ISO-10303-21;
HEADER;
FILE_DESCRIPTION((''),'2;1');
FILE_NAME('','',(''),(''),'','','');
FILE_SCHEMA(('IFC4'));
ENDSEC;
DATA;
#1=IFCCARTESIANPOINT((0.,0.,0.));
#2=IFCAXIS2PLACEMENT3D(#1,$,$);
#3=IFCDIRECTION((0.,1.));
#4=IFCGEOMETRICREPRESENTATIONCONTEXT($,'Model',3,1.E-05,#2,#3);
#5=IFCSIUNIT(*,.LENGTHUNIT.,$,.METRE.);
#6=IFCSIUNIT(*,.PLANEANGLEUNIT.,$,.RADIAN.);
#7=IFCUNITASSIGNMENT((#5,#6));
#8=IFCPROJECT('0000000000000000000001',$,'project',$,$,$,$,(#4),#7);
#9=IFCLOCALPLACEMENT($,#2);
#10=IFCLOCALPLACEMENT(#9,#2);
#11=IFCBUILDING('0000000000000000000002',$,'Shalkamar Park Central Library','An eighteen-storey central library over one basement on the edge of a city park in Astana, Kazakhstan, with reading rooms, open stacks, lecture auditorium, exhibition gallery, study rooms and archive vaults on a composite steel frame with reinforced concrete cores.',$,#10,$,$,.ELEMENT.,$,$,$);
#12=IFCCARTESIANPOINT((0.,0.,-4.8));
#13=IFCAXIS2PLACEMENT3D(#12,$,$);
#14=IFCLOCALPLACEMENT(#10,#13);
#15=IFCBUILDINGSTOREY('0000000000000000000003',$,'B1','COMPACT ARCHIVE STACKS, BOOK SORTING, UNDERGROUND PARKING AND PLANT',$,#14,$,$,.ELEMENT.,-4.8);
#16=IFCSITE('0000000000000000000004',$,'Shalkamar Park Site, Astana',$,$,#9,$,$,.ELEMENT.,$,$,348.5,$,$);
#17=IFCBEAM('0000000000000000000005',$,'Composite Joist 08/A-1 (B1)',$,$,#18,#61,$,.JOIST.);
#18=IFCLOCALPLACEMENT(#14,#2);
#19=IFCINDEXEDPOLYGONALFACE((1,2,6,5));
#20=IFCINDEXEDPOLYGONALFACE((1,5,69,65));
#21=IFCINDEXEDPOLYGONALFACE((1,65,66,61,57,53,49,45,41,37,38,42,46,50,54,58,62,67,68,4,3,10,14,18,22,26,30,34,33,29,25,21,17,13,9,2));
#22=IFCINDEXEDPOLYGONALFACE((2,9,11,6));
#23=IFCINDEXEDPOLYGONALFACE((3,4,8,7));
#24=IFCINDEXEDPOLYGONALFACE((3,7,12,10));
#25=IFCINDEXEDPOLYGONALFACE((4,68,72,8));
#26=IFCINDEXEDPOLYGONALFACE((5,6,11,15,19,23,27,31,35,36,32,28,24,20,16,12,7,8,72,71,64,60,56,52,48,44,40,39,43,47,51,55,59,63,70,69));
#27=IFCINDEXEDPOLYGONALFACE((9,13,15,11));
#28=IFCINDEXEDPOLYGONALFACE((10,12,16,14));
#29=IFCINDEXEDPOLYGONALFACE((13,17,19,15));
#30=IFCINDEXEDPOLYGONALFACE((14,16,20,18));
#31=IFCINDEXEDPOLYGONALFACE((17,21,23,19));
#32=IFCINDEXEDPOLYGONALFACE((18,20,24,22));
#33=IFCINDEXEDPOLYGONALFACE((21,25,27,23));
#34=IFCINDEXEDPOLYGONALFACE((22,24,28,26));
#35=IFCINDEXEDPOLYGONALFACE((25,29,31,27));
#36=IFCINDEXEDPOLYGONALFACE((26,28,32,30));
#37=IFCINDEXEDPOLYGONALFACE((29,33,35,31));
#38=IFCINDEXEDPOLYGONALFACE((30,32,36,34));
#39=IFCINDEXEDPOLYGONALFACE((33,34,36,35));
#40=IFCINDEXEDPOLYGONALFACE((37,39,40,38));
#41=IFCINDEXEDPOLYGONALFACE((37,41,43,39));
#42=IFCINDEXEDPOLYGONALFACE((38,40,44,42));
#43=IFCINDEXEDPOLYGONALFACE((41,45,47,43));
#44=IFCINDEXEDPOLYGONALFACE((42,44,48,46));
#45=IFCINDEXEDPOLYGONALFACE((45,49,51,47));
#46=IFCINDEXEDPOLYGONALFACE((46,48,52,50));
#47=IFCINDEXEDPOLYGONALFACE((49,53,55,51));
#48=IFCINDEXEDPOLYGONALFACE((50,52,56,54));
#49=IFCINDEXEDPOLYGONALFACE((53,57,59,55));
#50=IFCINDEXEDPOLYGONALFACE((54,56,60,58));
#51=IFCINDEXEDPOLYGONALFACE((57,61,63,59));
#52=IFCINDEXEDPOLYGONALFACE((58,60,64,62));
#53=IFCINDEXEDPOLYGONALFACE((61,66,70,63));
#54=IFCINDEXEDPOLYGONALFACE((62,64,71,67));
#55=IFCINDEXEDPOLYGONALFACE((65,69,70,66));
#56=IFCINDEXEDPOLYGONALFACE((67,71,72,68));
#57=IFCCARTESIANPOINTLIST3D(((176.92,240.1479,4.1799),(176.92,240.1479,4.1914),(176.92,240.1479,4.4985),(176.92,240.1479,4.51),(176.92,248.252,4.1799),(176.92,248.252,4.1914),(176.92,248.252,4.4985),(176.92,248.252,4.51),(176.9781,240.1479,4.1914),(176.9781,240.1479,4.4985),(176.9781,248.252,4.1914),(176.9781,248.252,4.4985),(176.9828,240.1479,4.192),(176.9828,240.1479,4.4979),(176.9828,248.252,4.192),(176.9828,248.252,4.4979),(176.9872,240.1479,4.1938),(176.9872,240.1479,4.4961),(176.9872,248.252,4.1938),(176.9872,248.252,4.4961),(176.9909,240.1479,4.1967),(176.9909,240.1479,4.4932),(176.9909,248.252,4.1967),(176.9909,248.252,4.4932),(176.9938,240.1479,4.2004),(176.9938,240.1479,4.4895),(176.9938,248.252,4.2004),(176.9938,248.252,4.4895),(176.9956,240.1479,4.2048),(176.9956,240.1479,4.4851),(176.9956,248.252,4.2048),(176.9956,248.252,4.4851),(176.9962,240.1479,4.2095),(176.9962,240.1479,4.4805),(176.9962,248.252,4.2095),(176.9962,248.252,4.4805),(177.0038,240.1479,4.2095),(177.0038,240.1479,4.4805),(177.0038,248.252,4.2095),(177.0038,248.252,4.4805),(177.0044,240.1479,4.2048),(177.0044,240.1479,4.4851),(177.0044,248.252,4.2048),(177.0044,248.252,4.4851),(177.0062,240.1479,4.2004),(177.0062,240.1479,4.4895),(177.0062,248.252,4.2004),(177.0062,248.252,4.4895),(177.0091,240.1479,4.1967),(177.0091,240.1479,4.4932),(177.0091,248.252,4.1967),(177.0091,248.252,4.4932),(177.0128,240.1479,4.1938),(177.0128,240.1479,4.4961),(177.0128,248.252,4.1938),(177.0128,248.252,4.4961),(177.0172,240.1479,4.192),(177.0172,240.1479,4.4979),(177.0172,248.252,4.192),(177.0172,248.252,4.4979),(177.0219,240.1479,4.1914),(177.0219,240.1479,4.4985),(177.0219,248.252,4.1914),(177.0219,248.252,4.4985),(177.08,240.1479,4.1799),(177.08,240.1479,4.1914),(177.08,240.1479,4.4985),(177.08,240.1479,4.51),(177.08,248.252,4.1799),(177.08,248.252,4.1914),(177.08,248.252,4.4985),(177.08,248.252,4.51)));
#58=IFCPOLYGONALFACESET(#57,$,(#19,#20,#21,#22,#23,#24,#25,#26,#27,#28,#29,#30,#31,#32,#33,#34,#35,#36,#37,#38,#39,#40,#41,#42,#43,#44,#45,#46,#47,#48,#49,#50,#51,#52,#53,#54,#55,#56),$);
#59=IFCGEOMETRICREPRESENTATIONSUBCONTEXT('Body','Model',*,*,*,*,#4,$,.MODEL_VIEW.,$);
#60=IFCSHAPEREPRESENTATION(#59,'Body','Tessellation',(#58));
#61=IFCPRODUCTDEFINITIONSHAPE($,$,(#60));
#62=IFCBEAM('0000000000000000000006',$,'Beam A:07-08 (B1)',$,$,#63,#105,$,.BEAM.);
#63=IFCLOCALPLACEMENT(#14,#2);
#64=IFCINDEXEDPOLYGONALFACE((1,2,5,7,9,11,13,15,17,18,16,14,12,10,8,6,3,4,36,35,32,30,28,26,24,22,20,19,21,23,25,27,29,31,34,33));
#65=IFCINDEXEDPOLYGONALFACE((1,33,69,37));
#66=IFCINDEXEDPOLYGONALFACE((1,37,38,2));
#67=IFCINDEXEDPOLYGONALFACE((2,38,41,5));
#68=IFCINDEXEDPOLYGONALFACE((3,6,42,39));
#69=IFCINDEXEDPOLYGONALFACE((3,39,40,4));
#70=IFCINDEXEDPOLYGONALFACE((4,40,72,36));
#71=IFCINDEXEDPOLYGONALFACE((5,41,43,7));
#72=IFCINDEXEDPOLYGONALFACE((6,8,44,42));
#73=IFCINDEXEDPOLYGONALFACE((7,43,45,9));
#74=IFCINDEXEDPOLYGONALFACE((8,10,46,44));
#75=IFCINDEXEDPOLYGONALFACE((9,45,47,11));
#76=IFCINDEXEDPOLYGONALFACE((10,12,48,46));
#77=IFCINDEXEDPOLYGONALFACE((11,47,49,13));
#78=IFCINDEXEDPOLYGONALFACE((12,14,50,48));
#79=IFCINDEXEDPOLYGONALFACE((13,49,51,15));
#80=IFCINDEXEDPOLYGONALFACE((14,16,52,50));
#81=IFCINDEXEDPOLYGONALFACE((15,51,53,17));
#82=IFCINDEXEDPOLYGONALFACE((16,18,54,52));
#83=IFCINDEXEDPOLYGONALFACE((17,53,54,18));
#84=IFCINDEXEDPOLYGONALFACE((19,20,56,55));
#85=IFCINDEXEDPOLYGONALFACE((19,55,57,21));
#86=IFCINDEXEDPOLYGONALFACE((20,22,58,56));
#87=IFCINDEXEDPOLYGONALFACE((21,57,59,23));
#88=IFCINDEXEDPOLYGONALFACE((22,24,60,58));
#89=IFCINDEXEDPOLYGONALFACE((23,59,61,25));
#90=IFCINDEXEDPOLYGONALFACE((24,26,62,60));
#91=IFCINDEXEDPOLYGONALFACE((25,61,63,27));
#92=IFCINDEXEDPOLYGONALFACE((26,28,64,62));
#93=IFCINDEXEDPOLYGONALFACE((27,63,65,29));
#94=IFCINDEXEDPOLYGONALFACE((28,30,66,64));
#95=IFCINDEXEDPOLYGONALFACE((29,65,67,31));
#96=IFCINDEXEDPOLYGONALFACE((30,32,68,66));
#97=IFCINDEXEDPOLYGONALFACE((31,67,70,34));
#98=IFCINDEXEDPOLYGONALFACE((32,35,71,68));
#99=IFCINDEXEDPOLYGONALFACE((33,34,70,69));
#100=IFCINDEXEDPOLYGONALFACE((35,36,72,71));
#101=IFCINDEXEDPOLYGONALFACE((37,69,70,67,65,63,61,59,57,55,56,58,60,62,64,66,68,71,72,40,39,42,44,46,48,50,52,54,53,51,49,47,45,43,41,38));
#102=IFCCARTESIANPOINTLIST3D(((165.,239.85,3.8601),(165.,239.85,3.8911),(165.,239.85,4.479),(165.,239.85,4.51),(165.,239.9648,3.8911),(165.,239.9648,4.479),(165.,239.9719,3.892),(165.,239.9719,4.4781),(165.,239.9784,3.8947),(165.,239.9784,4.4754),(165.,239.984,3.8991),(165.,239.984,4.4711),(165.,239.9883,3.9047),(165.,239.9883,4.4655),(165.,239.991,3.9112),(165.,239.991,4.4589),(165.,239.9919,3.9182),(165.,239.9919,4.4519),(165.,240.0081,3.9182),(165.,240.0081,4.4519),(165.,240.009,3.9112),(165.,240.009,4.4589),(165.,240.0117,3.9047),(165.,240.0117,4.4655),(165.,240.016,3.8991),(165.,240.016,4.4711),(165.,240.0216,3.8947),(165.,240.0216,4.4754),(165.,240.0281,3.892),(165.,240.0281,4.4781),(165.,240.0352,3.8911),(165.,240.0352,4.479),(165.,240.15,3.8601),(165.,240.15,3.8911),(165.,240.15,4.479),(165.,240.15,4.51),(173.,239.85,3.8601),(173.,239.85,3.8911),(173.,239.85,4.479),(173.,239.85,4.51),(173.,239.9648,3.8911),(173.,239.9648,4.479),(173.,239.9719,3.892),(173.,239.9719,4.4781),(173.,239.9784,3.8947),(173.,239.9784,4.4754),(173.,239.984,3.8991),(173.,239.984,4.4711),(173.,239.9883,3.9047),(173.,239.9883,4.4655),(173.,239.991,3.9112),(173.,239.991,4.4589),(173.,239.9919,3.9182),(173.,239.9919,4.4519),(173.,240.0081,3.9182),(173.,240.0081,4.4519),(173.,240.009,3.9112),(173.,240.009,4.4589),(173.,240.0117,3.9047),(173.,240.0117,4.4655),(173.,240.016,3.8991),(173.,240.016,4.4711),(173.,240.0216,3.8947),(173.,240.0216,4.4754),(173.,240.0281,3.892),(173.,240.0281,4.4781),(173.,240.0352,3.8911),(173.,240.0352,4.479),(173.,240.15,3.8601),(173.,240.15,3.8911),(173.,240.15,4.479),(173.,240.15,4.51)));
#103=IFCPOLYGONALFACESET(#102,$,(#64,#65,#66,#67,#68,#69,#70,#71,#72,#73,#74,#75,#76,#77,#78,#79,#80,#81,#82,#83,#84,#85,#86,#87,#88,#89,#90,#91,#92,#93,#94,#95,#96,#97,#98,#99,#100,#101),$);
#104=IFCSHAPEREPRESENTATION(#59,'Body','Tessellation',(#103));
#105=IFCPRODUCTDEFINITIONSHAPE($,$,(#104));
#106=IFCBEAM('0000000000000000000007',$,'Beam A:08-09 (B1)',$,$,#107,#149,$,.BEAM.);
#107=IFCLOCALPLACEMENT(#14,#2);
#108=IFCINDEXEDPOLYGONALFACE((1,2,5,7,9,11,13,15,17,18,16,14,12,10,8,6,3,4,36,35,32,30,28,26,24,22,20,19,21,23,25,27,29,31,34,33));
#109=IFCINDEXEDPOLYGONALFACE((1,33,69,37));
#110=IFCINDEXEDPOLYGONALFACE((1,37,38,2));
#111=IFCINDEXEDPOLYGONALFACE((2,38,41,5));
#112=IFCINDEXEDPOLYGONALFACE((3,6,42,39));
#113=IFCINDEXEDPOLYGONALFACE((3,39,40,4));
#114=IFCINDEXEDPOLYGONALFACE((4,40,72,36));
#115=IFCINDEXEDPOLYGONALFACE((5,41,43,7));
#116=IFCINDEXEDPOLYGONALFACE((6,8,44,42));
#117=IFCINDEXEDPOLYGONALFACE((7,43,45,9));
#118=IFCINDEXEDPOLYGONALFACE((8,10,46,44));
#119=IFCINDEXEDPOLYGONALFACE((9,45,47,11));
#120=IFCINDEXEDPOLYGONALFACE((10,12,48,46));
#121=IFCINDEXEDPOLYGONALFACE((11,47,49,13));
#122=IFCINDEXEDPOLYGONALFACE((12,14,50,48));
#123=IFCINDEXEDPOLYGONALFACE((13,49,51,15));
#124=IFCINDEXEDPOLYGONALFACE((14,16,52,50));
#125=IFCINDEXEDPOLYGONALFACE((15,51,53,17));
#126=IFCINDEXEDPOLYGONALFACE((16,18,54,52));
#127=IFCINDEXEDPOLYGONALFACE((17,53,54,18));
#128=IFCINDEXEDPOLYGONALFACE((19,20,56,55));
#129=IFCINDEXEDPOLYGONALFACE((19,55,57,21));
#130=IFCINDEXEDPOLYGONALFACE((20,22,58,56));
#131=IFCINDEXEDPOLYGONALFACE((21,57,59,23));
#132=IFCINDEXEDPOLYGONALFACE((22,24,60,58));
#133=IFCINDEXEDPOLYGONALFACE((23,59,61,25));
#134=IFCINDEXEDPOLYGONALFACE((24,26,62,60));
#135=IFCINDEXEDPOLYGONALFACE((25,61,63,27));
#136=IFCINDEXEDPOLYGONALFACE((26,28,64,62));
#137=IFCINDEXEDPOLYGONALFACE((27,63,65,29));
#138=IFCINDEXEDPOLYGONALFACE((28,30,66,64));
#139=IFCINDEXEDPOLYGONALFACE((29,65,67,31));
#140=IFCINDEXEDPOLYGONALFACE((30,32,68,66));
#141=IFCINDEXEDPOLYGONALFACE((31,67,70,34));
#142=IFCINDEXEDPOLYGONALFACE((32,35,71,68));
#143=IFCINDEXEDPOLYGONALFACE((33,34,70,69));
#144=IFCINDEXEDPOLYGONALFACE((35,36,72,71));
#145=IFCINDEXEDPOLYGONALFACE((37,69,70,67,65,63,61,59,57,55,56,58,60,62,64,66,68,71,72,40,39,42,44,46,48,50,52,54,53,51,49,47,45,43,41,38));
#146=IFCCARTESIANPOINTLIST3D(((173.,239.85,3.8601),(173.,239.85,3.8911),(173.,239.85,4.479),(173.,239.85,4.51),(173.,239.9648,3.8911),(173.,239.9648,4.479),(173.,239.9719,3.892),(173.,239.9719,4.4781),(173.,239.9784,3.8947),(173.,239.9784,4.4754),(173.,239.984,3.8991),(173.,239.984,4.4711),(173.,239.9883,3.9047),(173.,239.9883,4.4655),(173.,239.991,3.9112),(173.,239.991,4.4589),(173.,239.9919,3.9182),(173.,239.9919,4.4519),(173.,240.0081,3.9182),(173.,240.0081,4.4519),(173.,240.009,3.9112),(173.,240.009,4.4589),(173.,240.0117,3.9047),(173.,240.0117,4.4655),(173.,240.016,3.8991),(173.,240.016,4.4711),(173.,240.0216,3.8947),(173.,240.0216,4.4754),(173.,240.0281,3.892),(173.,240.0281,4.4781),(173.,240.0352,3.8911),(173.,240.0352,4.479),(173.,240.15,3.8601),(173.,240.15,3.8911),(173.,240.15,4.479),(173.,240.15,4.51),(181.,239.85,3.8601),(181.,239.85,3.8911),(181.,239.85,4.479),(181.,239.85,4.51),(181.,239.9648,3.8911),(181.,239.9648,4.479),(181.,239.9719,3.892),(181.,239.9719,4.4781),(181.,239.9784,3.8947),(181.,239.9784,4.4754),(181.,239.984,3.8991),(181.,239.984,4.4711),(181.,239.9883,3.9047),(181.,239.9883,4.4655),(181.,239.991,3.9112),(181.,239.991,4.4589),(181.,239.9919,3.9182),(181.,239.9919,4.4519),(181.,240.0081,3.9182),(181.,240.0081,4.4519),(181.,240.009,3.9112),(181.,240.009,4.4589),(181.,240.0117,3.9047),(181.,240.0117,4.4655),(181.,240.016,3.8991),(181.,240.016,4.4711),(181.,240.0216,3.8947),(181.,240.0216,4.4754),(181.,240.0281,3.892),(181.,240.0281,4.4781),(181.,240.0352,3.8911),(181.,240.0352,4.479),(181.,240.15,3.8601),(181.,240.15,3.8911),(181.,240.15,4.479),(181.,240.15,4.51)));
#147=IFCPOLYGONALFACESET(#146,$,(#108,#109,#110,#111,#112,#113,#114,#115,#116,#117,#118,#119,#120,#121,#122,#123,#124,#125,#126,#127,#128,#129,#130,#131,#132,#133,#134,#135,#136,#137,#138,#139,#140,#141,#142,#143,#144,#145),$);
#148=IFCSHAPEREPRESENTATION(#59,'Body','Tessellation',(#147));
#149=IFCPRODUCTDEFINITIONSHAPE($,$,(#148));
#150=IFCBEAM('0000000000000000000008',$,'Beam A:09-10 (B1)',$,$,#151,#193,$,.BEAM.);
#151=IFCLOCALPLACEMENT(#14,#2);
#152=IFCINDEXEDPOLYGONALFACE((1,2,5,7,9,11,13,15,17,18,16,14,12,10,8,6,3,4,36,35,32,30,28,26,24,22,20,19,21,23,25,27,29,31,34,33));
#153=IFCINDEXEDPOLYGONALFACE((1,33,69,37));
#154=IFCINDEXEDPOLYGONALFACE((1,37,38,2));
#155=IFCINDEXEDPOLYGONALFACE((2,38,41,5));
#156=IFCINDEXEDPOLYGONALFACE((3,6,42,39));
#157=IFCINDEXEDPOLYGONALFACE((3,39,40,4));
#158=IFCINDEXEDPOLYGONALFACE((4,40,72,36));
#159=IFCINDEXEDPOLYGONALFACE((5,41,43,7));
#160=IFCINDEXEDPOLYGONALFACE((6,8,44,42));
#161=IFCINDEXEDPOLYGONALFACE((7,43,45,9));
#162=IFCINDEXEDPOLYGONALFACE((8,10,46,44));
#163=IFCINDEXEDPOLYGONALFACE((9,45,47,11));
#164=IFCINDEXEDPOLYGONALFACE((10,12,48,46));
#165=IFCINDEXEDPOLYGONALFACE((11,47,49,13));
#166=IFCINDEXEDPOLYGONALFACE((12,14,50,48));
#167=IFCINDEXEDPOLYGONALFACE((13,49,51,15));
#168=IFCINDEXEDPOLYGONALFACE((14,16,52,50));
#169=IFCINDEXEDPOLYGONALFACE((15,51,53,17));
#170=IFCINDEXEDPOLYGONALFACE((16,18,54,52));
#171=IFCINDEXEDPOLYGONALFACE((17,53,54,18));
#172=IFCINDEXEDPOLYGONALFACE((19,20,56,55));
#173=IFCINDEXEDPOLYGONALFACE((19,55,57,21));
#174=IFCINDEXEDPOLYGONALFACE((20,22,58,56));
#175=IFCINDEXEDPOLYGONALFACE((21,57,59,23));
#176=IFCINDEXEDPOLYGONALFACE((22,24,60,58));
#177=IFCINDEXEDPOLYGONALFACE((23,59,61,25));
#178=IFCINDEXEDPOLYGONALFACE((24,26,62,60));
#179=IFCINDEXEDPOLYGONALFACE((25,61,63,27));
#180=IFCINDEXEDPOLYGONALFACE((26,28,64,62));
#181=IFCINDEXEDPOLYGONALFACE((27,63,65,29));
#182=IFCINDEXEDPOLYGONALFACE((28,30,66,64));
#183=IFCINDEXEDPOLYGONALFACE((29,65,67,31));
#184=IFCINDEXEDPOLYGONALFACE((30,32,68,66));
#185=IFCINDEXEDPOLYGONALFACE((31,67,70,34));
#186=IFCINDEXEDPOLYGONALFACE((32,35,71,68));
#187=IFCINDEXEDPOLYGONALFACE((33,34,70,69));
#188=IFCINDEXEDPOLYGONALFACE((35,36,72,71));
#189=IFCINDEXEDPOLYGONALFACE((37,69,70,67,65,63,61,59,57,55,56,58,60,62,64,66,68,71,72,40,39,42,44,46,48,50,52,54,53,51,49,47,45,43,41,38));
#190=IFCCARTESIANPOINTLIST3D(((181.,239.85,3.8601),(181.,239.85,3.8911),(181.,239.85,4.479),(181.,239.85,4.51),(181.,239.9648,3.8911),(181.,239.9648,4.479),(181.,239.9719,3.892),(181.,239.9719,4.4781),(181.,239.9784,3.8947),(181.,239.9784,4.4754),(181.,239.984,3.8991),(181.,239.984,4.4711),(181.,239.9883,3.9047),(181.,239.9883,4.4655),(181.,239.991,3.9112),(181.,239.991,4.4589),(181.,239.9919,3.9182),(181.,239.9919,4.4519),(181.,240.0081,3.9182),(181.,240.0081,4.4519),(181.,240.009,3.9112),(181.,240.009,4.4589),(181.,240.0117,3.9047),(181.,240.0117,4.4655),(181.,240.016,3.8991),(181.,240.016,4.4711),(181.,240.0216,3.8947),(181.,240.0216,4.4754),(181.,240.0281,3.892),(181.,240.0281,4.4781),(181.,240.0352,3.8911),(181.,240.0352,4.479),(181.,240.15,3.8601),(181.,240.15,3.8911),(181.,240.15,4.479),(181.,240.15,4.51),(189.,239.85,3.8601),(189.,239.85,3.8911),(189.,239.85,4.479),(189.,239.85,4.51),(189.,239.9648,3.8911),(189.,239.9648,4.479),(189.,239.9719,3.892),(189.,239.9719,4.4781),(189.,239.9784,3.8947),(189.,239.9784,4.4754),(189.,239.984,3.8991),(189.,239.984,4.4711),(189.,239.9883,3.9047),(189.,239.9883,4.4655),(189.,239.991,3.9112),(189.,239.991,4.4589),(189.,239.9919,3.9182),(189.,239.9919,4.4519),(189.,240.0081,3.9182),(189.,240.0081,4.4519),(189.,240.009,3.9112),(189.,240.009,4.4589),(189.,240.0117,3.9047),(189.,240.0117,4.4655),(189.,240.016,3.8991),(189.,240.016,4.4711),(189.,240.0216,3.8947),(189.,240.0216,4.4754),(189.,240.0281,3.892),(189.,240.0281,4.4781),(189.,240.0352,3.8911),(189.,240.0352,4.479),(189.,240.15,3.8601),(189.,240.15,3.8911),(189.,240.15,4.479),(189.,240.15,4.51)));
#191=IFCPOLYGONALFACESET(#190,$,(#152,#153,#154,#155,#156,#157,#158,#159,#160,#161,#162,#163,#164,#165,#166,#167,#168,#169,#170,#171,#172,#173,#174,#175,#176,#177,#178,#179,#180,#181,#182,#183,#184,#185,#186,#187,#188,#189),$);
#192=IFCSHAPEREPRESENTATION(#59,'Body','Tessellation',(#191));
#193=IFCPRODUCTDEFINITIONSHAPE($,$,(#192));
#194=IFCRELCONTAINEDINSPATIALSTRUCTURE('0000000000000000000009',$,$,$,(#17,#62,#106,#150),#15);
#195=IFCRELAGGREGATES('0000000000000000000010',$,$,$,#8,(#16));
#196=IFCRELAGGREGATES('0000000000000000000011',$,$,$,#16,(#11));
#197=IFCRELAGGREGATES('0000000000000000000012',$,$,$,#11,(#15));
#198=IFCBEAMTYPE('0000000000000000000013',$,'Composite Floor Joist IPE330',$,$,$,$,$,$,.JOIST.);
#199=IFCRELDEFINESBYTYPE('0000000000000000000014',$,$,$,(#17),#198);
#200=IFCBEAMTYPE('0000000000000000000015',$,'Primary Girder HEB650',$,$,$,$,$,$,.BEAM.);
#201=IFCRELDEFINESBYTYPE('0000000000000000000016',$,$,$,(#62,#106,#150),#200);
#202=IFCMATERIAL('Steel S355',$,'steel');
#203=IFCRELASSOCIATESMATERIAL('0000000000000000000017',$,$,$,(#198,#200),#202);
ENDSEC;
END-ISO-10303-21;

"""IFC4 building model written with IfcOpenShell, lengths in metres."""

from ifc_helpers import new_model, si_unit, direction, frame, origin, origin_2d, place, context, subcontext, project, spatial, i_section, extrude, material, material_profile, profile_set, type_object, element, save


model = new_model("IFC4")

# Units and contexts
model_context = context("Model", 3, precision=1e-05, world=origin(), true_north=direction((0.0, 1.0)))
body_context = subcontext(model_context, "Body", "Model", "MODEL_VIEW")
ifc_project = project(units=[si_unit("LENGTHUNIT", "METRE"), si_unit("PLANEANGLEUNIT", "RADIAN")], contexts=[model_context])

# Site, building, storey
site_placement = place(None, origin())
site = spatial("IfcSite", under=ifc_project, at=site_placement, Name="Shalkamar Park Site, Astana", CompositionType="ELEMENT", RefElevation=348.5)
building_placement = place(site_placement, origin())
building = spatial("IfcBuilding", under=site, at=building_placement, Name="Shalkamar Park Central Library", Description="An eighteen-storey central library over one basement on the edge of a city park in Astana, Kazakhstan, with reading rooms, open stacks, lecture auditorium, exhibition gallery, study rooms and archive vaults on a composite steel frame with reinforced concrete cores.", CompositionType="ELEMENT")
storey_placement = place(building_placement, frame((0.0, 0.0, -4.8)))
storey = spatial("IfcBuildingStorey", under=building, at=storey_placement, Name="B1", Description="COMPACT ARCHIVE STACKS, BOOK SORTING, UNDERGROUND PARKING AND PLANT", CompositionType="ELEMENT", Elevation=-4.8)

# Beams
ifc_material_1 = material(Name="Steel S355", Category="steel")
ifc_material_profile_1 = material_profile(ifc_material_1, i_section(OverallWidth=0.1599, OverallDepth=0.3301, WebThickness=0.0076, FlangeThickness=0.0115, FilletRadius=0.0181, at=origin_2d()), Name="IPE 330")
ifc_profile_set_1 = profile_set([ifc_material_profile_1], Name="Steel S355")
beam_type_1 = type_object("IfcBeamType", Name="Composite Floor Joist IPE330", PredefinedType="JOIST", material=ifc_profile_set_1)
for number, where, z_axis, x_axis, name in (
    (1, (177.0, 240.1479, 4.345), (0.0, 1.0, 0.0), (-1.0, 0.0, 0.0), "Composite Joist 08/A-1 (B1)"),
):
    element("IfcBeam", number, at=place(storey_placement, frame(where, z_axis=z_axis, x_axis=x_axis)), inside=storey, type_object=beam_type_1, Name=name, PredefinedType="JOIST", context=body_context, shape_type="SweptSolid", body=[
        extrude(i_section(OverallWidth=0.1599, OverallDepth=0.3301, WebThickness=0.0076, FlangeThickness=0.0115, FilletRadius=0.0181, at=origin_2d()), origin(), (0.0, 0.0, 1.0), 8.104),
    ])
ifc_material_profile_2 = material_profile(ifc_material_1, i_section(OverallWidth=0.3, OverallDepth=0.6499, WebThickness=0.0161, FlangeThickness=0.031, FilletRadius=0.0271, at=origin_2d()), Name="HEB 650")
ifc_profile_set_2 = profile_set([ifc_material_profile_2], Name="Steel S355")
beam_type_2 = type_object("IfcBeamType", Name="Primary Girder HEB650", PredefinedType="BEAM", material=ifc_profile_set_2)
for number, where, z_axis, x_axis, name in (
    (2, (165.0, 240.0, 4.1851), (1.0, 0.0, 0.0), (0.0, 1.0, 0.0), "Beam A:07-08 (B1)"),
    (3, (173.0, 240.0, 4.1851), (1.0, 0.0, 0.0), (0.0, 1.0, 0.0), "Beam A:08-09 (B1)"),
    (4, (181.0, 240.0, 4.1851), (1.0, 0.0, 0.0), (0.0, 1.0, 0.0), "Beam A:09-10 (B1)"),
):
    element("IfcBeam", number, at=place(storey_placement, frame(where, z_axis=z_axis, x_axis=x_axis)), inside=storey, type_object=beam_type_2, Name=name, PredefinedType="BEAM", context=body_context, shape_type="SweptSolid", body=[
        extrude(i_section(OverallWidth=0.3, OverallDepth=0.6499, WebThickness=0.0161, FlangeThickness=0.031, FilletRadius=0.0271, at=origin_2d()), origin(), (0.0, 0.0, 1.0), 8.0),
    ])

save(model, "model.ifc")
